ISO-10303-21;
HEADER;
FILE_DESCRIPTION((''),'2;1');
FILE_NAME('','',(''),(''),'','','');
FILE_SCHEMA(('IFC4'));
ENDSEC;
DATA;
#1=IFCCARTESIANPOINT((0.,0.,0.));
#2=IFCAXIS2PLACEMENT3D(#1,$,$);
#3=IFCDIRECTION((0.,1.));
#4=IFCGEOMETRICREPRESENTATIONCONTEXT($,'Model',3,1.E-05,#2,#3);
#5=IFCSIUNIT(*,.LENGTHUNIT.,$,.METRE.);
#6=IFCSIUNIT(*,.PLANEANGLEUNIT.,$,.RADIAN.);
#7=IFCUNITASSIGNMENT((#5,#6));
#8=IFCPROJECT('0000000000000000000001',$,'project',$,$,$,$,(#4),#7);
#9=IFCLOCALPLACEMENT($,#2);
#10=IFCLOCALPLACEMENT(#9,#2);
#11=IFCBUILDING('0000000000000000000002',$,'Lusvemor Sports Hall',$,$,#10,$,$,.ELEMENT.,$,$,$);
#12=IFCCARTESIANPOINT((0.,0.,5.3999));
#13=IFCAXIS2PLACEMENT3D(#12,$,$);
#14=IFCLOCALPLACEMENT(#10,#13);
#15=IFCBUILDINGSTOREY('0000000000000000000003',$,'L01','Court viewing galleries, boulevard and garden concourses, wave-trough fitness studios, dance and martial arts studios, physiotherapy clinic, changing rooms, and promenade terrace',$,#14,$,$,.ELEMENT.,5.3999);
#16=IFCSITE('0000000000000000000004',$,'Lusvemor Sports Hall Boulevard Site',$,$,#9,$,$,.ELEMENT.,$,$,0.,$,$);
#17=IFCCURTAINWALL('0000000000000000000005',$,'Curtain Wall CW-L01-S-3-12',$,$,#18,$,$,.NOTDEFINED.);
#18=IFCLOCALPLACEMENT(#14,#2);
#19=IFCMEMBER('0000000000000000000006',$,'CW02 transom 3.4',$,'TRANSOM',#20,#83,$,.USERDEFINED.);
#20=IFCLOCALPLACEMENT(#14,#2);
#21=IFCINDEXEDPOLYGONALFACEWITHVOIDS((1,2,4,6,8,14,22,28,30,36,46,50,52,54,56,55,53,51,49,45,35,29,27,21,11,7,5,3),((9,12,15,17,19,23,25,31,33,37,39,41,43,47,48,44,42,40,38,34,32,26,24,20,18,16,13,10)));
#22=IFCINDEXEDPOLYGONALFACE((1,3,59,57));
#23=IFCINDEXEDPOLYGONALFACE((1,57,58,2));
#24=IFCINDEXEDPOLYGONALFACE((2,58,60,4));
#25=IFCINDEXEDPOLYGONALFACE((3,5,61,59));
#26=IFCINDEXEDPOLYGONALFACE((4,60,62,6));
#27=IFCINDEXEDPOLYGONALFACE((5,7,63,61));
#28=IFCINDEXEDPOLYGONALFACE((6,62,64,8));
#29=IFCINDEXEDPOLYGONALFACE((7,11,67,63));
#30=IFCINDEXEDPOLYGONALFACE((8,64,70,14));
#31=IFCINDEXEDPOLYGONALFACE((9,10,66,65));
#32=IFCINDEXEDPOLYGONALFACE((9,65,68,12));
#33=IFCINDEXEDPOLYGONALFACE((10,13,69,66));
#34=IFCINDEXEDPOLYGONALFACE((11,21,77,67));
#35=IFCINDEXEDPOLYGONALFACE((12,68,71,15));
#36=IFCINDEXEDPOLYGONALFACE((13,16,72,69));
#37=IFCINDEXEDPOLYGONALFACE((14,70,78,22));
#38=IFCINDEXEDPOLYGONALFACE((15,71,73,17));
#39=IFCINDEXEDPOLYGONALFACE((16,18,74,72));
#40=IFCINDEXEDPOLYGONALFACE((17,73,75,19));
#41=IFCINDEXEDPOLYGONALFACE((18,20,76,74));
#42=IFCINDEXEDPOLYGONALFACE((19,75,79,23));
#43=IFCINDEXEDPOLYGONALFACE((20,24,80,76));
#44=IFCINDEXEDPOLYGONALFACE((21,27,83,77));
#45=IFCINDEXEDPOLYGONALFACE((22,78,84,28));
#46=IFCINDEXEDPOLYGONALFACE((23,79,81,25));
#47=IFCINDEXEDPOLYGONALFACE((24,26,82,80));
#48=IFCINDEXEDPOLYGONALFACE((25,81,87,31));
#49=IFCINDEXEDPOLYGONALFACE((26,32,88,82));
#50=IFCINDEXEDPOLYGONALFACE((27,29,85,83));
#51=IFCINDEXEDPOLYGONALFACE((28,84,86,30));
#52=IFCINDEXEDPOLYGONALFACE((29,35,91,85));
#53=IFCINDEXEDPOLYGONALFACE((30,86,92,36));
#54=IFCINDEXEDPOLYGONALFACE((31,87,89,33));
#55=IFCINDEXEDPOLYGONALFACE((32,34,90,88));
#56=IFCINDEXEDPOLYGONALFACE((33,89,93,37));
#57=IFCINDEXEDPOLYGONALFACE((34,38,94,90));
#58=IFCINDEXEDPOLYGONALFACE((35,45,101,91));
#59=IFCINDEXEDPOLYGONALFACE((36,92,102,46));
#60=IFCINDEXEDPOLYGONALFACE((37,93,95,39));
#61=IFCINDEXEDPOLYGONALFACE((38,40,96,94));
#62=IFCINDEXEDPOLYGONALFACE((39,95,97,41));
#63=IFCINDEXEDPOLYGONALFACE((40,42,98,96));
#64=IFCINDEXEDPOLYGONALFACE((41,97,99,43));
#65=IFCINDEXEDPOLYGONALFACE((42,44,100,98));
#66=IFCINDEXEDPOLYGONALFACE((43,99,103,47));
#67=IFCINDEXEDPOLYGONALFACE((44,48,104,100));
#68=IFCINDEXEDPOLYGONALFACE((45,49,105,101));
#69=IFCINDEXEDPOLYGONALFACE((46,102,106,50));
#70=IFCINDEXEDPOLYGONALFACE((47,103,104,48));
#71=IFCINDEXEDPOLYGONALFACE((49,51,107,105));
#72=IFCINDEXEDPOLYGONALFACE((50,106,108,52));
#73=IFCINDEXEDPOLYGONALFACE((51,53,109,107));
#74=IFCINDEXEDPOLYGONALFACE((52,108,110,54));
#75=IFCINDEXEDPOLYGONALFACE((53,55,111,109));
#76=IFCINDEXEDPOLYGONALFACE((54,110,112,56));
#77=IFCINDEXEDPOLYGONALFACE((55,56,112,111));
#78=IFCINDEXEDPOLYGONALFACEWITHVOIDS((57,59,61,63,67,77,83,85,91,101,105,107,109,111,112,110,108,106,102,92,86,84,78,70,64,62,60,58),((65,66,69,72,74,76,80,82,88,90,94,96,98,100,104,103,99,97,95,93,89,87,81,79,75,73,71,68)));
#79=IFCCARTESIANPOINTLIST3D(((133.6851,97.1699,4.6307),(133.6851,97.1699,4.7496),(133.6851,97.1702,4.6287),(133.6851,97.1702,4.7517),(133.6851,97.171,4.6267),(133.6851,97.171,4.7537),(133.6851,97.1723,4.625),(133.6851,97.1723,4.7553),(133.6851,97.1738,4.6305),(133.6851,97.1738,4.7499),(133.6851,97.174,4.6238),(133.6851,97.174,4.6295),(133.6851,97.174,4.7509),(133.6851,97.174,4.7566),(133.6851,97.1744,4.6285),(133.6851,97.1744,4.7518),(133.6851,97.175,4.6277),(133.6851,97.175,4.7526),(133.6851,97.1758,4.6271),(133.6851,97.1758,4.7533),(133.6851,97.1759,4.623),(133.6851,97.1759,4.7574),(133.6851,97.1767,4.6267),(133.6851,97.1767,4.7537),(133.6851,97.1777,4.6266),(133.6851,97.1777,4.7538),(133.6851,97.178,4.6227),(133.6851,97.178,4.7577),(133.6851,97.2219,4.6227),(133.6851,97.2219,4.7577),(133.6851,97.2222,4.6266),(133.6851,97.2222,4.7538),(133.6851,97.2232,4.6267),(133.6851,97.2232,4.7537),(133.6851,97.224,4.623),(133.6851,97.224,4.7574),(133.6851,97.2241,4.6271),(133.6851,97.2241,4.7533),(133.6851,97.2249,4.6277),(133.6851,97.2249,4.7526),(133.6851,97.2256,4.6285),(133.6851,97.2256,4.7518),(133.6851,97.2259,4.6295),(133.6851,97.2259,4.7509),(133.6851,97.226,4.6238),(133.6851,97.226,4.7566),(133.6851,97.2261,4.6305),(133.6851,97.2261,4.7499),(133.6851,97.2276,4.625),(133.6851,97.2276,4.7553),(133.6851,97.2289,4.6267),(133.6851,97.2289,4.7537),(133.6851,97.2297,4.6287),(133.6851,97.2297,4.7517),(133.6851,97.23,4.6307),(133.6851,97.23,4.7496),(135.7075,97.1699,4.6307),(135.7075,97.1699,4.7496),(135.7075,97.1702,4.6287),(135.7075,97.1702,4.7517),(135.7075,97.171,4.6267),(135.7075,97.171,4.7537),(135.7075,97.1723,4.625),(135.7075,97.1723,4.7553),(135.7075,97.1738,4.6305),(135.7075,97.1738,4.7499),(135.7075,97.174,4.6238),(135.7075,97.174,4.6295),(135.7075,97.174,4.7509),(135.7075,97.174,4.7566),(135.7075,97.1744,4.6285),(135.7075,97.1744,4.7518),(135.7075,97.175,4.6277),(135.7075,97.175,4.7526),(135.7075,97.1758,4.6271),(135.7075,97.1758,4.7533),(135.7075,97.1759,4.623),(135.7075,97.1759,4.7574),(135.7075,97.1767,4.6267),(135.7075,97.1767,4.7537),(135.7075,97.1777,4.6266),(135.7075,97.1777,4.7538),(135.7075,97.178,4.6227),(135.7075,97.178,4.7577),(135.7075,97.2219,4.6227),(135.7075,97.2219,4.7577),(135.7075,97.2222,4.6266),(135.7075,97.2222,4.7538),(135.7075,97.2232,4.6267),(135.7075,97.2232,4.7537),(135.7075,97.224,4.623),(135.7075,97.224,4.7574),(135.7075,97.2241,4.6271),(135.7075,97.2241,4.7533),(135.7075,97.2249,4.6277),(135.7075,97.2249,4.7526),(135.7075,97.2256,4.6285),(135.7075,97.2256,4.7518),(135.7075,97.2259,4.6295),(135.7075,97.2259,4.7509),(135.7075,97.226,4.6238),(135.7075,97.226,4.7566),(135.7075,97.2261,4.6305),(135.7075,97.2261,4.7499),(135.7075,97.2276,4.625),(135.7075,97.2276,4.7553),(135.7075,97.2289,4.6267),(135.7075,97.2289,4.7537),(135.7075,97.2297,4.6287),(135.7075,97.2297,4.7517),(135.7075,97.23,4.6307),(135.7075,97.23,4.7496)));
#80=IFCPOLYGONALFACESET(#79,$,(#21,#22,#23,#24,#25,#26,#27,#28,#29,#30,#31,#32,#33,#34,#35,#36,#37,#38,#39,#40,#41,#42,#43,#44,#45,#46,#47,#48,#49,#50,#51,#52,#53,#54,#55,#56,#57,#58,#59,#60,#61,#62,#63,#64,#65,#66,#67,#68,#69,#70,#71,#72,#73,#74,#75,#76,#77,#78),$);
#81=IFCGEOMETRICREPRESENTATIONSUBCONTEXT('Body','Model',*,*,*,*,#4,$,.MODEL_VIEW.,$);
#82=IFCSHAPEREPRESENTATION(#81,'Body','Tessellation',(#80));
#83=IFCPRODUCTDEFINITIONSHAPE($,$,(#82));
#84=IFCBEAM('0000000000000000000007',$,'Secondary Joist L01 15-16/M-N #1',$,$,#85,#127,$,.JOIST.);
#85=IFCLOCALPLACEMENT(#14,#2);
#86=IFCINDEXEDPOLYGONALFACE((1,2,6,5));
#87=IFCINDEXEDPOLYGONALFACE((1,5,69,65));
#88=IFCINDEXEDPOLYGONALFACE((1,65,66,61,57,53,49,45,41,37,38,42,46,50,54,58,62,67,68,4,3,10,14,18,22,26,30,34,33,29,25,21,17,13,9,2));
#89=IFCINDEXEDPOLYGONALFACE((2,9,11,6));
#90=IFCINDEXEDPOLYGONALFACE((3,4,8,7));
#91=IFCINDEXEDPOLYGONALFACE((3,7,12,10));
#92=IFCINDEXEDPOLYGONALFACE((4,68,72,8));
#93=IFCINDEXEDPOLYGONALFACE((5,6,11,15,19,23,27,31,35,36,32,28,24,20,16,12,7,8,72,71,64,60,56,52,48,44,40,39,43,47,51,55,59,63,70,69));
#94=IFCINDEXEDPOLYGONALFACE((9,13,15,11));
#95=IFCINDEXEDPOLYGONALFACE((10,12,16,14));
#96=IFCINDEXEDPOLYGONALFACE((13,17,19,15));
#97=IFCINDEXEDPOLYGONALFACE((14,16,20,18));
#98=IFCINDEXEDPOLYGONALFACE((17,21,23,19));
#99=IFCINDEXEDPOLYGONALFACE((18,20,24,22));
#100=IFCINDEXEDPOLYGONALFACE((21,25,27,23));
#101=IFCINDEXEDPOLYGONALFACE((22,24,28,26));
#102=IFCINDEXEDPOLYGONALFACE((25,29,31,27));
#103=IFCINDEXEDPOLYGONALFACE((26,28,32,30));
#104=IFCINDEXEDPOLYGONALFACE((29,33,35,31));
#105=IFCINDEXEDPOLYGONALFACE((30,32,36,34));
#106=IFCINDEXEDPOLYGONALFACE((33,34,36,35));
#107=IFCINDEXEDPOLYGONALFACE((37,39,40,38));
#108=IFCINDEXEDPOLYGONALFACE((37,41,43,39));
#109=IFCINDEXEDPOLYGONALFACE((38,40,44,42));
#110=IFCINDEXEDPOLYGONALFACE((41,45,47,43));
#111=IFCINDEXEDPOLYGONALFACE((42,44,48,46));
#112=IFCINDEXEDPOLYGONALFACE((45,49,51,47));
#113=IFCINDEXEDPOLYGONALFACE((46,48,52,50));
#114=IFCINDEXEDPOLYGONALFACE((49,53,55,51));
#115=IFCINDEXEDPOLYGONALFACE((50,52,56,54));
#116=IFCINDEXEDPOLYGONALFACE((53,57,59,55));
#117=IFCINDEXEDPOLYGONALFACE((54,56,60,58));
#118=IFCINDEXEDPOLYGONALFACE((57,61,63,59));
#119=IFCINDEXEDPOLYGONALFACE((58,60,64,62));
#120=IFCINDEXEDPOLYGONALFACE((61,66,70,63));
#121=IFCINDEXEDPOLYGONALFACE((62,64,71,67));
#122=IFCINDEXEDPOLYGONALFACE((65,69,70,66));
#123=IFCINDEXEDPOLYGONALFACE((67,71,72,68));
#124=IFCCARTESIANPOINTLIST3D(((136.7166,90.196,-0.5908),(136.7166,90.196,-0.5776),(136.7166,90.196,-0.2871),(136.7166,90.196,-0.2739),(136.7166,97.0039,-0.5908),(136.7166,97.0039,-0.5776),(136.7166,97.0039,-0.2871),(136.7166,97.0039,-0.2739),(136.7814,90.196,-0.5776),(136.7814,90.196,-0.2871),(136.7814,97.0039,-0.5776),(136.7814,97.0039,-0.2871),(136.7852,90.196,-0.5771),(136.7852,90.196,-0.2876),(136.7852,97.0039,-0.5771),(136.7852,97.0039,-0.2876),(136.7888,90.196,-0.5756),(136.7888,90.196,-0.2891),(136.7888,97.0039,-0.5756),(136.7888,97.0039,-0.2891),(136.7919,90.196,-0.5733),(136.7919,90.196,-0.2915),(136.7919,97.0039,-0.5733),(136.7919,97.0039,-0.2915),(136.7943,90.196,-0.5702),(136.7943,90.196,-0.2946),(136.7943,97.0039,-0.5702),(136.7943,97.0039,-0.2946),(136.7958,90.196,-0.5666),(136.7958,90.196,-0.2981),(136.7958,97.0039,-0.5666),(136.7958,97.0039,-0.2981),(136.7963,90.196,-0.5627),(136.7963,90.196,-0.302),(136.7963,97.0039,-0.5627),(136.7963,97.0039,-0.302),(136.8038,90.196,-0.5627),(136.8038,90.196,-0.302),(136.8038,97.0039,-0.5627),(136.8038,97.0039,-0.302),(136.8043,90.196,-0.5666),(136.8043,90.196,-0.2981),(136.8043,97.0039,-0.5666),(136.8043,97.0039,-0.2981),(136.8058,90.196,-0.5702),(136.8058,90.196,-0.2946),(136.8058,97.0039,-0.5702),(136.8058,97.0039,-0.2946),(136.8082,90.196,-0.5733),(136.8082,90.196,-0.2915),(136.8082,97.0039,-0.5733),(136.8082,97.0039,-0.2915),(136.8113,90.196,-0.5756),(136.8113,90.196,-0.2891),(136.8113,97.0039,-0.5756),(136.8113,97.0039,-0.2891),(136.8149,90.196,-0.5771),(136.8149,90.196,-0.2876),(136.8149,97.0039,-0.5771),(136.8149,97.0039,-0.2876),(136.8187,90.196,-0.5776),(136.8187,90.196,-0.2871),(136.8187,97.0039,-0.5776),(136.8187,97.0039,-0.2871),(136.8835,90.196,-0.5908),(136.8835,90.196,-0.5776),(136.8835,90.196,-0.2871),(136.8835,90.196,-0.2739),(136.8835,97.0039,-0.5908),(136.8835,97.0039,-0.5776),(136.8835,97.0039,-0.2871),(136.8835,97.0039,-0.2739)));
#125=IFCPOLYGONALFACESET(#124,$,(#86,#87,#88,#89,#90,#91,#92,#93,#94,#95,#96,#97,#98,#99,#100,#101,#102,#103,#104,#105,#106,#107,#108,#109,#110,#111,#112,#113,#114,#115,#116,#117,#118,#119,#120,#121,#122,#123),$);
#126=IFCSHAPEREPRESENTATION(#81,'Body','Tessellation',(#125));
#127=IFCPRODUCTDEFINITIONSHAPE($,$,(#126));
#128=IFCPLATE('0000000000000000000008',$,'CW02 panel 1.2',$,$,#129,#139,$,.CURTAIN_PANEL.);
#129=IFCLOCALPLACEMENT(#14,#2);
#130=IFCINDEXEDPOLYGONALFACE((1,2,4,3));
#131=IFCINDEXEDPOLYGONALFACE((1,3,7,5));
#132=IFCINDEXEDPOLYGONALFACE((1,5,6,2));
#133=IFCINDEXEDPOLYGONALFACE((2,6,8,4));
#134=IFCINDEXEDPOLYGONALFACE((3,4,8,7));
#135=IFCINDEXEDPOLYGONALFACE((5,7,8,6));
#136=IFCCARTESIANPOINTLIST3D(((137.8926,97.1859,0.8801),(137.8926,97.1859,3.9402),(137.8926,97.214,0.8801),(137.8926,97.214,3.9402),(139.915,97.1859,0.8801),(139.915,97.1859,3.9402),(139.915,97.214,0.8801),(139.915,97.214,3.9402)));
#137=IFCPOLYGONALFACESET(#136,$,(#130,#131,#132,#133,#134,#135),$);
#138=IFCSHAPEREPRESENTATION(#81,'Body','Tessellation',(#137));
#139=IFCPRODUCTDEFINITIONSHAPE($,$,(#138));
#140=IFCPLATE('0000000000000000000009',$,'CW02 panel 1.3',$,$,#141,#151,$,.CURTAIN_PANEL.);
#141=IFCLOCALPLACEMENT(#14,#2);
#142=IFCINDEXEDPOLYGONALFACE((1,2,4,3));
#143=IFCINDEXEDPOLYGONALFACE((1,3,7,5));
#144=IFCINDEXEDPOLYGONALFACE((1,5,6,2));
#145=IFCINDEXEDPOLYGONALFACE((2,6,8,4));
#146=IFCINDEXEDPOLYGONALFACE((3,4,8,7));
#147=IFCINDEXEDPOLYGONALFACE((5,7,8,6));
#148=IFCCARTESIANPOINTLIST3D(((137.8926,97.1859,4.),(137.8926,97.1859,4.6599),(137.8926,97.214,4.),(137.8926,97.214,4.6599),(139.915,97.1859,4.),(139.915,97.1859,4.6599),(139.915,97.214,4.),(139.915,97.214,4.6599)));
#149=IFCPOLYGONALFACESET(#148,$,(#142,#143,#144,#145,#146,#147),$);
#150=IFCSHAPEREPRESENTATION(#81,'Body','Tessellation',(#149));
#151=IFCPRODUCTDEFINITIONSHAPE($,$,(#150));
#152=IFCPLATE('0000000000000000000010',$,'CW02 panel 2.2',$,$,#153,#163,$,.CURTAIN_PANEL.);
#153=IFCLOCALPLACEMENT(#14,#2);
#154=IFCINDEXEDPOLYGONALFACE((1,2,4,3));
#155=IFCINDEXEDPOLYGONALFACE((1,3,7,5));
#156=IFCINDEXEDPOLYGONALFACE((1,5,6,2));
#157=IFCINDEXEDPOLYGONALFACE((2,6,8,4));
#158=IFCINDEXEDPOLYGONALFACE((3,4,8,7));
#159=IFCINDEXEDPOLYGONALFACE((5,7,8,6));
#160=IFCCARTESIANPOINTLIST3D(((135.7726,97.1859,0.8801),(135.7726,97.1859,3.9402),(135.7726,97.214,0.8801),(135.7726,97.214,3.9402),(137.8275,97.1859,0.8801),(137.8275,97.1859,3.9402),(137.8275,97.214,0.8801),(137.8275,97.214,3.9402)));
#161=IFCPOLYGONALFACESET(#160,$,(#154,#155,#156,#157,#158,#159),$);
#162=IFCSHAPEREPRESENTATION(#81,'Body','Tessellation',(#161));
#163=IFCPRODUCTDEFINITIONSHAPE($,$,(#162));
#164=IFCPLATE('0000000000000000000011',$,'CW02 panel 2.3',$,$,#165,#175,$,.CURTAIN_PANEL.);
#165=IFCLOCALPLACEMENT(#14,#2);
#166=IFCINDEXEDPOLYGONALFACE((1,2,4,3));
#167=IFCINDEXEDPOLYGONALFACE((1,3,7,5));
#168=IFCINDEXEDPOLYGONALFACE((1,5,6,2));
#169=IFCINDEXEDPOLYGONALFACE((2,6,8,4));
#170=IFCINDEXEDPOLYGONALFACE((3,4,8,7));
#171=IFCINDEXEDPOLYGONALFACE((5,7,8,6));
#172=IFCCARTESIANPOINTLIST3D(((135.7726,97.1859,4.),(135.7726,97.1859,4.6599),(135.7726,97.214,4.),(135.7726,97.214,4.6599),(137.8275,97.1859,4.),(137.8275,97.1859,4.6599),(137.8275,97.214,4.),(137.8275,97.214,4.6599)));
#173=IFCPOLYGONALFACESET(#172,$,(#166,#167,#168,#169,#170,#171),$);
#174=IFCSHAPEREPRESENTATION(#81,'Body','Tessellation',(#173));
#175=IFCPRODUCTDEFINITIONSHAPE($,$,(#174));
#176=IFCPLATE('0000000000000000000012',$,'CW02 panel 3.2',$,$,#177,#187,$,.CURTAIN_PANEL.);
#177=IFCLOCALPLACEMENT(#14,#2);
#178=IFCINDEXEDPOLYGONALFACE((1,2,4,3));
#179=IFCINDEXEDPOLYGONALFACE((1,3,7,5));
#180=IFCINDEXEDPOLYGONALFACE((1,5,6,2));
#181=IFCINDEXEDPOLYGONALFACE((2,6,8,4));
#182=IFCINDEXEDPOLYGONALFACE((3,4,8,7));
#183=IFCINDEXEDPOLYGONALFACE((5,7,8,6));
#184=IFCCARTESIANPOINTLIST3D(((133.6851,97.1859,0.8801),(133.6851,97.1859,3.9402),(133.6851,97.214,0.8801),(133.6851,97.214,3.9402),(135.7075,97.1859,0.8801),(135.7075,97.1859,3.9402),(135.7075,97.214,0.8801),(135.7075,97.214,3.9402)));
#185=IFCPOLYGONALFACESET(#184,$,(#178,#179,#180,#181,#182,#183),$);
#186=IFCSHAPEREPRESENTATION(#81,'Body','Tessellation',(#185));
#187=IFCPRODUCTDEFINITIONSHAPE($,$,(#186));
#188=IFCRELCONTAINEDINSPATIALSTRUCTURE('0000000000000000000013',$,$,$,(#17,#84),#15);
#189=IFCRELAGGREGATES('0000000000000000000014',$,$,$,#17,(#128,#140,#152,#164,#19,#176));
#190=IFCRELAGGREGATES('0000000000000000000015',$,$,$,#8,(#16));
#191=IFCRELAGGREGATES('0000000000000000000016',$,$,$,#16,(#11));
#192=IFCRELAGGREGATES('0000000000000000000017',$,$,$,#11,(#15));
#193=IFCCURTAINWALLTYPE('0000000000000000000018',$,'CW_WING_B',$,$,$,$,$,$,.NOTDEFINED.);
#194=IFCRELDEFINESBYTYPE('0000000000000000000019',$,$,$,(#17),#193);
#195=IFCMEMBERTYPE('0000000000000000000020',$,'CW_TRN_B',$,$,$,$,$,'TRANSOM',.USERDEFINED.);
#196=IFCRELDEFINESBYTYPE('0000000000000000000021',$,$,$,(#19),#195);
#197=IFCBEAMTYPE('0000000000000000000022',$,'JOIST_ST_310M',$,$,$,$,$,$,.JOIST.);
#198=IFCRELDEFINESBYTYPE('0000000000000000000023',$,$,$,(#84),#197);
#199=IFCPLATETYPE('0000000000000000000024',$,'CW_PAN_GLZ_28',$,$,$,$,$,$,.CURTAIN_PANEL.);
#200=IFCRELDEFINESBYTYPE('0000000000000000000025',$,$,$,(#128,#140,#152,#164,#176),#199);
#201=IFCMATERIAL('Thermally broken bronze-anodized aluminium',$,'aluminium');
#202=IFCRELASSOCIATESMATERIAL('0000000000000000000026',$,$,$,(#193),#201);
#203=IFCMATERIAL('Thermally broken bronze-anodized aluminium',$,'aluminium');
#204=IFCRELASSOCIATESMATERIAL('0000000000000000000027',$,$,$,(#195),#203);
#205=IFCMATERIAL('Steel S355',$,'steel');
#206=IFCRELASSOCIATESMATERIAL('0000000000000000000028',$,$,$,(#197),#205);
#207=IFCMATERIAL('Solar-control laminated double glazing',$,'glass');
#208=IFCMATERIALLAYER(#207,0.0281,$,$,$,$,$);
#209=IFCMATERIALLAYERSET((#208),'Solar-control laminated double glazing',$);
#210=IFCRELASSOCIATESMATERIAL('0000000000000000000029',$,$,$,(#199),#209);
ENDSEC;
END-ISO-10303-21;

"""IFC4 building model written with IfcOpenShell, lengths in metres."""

from ifc_helpers import new_model, si_unit, direction, frame, origin, origin_2d, place, context, subcontext, project, spatial, rectangle, hollow_rectangle, i_section, extrude, material, layer, layer_set, material_profile, profile_set, type_object, element, aggregate, save


model = new_model("IFC4")

# Units and contexts
model_context = context("Model", 3, precision=1e-05, world=origin(), true_north=direction((0.0, 1.0)))
body_context = subcontext(model_context, "Body", "Model", "MODEL_VIEW")
ifc_project = project(units=[si_unit("LENGTHUNIT", "METRE"), si_unit("PLANEANGLEUNIT", "RADIAN")], contexts=[model_context])

# Site, building, storey
site_placement = place(None, origin())
site = spatial("IfcSite", under=ifc_project, at=site_placement, Name="Lusvemor Sports Hall Boulevard Site", CompositionType="ELEMENT", RefElevation=0.0)
building_placement = place(site_placement, origin())
building = spatial("IfcBuilding", under=site, at=building_placement, Name="Lusvemor Sports Hall", CompositionType="ELEMENT")
storey_placement = place(building_placement, frame((0.0, 0.0, 5.3999)))
storey = spatial("IfcBuildingStorey", under=building, at=storey_placement, Name="L01", Description="Court viewing galleries, boulevard and garden concourses, wave-trough fitness studios, dance and martial arts studios, physiotherapy clinic, changing rooms, and promenade terrace", CompositionType="ELEMENT", Elevation=5.3999)

# Curtain wall, member
ifc_material_1 = material(Name="Thermally broken bronze-anodized aluminium", Category="aluminium")
curtain_wall_type = type_object("IfcCurtainWallType", Name="CW_WING_B", PredefinedType="NOTDEFINED", material=ifc_material_1)
curtain_wall_placement = place(storey_placement, origin())
curtain_wall = element("IfcCurtainWall", 1, at=curtain_wall_placement, inside=storey, type_object=curtain_wall_type, Name="Curtain Wall CW-L01-S-3-12", PredefinedType="NOTDEFINED")
ifc_material_2 = material(Name="Thermally broken bronze-anodized aluminium", Category="aluminium")
ifc_material_profile_1 = material_profile(ifc_material_2, hollow_rectangle(XDim=0.0601, YDim=0.135, WallThickness=0.0039, InnerFilletRadius=0.0039, OuterFilletRadius=0.0081, at=origin_2d()), Name="CWTRN135x60x4")
ifc_profile_set_1 = profile_set([ifc_material_profile_1], Name="Thermally broken bronze-anodized aluminium")
member_type_1 = type_object("IfcMemberType", Name="CW_TRN_B", ElementType="TRANSOM", PredefinedType="USERDEFINED", material=ifc_profile_set_1)
member_1_placement = place(storey_placement, frame((135.7075, 97.2, 4.6902), z_axis=(-1.0, 0.0, 0.0), x_axis=(0.0, -1.0, 0.0)))
member_1 = element("IfcMember", 2, at=member_1_placement, type_object=member_type_1, Name="CW02 transom 3.4", ObjectType="TRANSOM", PredefinedType="USERDEFINED", context=body_context, shape_type="SweptSolid", body=[
    extrude(hollow_rectangle(XDim=0.0601, YDim=0.135, WallThickness=0.0039, InnerFilletRadius=0.0039, OuterFilletRadius=0.0081, at=origin_2d()), origin(), (0.0, 0.0, 1.0), 2.0225),
])

# Beam
ifc_material_3 = material(Name="Steel S355", Category="steel")
ifc_material_profile_2 = material_profile(ifc_material_3, i_section(OverallWidth=0.167, OverallDepth=0.3169, WebThickness=0.0076, FlangeThickness=0.0132, FilletRadius=0.0149, at=origin_2d()), Name="W310x52.0")
ifc_profile_set_2 = profile_set([ifc_material_profile_2], Name="Steel S355")
beam_type_1 = type_object("IfcBeamType", Name="JOIST_ST_310M", PredefinedType="JOIST", material=ifc_profile_set_2)
beam_1_placement = place(storey_placement, frame((136.8, 90.196, -0.4324), z_axis=(0.0, 1.0, 0.0), x_axis=(-1.0, 0.0, 0.0)))
element("IfcBeam", 3, at=beam_1_placement, inside=storey, type_object=beam_type_1, Name="Secondary Joist L01 15-16/M-N #1", PredefinedType="JOIST", context=body_context, shape_type="SweptSolid", body=[
    extrude(i_section(OverallWidth=0.167, OverallDepth=0.3169, WebThickness=0.0076, FlangeThickness=0.0132, FilletRadius=0.0149, at=origin_2d()), origin(), (0.0, 0.0, 1.0), 6.8079),
])

# Plates
ifc_material_4 = material(Name="Solar-control laminated double glazing", Category="glass")
ifc_layer_1 = layer(ifc_material_4, 0.0281)
ifc_layer_set_1 = layer_set([ifc_layer_1], Name="Solar-control laminated double glazing")
plate_type_1 = type_object("IfcPlateType", Name="CW_PAN_GLZ_28", PredefinedType="CURTAIN_PANEL", material=ifc_layer_set_1)
plate_1_placement = place(storey_placement, frame((138.9038, 97.2, 0.8801), z_axis=(0.0, 0.0, 1.0), x_axis=(-1.0, 0.0, 0.0)))
plate_1 = element("IfcPlate", 4, at=plate_1_placement, type_object=plate_type_1, Name="CW02 panel 1.2", PredefinedType="CURTAIN_PANEL", context=body_context, shape_type="SweptSolid", body=[
    extrude(rectangle(XDim=2.0225, YDim=0.0281, at=origin_2d()), origin(), (0.0, 0.0, 1.0), 3.0601),
])
plate_2_placement = place(storey_placement, frame((138.9038, 97.2, 4.0), z_axis=(0.0, 0.0, 1.0), x_axis=(-1.0, 0.0, 0.0)))
plate_2 = element("IfcPlate", 5, at=plate_2_placement, type_object=plate_type_1, Name="CW02 panel 1.3", PredefinedType="CURTAIN_PANEL", context=body_context, shape_type="SweptSolid", body=[
    extrude(rectangle(XDim=2.0225, YDim=0.0281, at=origin_2d()), origin(), (0.0, 0.0, 1.0), 0.6599),
])
plate_3_placement = place(storey_placement, frame((136.8, 97.2, 0.8801), z_axis=(0.0, 0.0, 1.0), x_axis=(-1.0, 0.0, 0.0)))
plate_3 = element("IfcPlate", 6, at=plate_3_placement, type_object=plate_type_1, Name="CW02 panel 2.2", PredefinedType="CURTAIN_PANEL", context=body_context, shape_type="SweptSolid", body=[
    extrude(rectangle(XDim=2.0549, YDim=0.0281, at=origin_2d()), origin(), (0.0, 0.0, 1.0), 3.0601),
])
plate_4_placement = place(storey_placement, frame((136.8, 97.2, 4.0), z_axis=(0.0, 0.0, 1.0), x_axis=(-1.0, 0.0, 0.0)))
plate_4 = element("IfcPlate", 7, at=plate_4_placement, type_object=plate_type_1, Name="CW02 panel 2.3", PredefinedType="CURTAIN_PANEL", context=body_context, shape_type="SweptSolid", body=[
    extrude(rectangle(XDim=2.0549, YDim=0.0281, at=origin_2d()), origin(), (0.0, 0.0, 1.0), 0.6599),
])
plate_5_placement = place(storey_placement, frame((134.6963, 97.2, 0.8801), z_axis=(0.0, 0.0, 1.0), x_axis=(-1.0, 0.0, 0.0)))
plate_5 = element("IfcPlate", 8, at=plate_5_placement, type_object=plate_type_1, Name="CW02 panel 3.2", PredefinedType="CURTAIN_PANEL", context=body_context, shape_type="SweptSolid", body=[
    extrude(rectangle(XDim=2.0225, YDim=0.0281, at=origin_2d()), origin(), (0.0, 0.0, 1.0), 3.0601),
])
aggregate(curtain_wall, [plate_1, plate_2, plate_3, plate_4, member_1, plate_5])

save(model, "model.ifc")
